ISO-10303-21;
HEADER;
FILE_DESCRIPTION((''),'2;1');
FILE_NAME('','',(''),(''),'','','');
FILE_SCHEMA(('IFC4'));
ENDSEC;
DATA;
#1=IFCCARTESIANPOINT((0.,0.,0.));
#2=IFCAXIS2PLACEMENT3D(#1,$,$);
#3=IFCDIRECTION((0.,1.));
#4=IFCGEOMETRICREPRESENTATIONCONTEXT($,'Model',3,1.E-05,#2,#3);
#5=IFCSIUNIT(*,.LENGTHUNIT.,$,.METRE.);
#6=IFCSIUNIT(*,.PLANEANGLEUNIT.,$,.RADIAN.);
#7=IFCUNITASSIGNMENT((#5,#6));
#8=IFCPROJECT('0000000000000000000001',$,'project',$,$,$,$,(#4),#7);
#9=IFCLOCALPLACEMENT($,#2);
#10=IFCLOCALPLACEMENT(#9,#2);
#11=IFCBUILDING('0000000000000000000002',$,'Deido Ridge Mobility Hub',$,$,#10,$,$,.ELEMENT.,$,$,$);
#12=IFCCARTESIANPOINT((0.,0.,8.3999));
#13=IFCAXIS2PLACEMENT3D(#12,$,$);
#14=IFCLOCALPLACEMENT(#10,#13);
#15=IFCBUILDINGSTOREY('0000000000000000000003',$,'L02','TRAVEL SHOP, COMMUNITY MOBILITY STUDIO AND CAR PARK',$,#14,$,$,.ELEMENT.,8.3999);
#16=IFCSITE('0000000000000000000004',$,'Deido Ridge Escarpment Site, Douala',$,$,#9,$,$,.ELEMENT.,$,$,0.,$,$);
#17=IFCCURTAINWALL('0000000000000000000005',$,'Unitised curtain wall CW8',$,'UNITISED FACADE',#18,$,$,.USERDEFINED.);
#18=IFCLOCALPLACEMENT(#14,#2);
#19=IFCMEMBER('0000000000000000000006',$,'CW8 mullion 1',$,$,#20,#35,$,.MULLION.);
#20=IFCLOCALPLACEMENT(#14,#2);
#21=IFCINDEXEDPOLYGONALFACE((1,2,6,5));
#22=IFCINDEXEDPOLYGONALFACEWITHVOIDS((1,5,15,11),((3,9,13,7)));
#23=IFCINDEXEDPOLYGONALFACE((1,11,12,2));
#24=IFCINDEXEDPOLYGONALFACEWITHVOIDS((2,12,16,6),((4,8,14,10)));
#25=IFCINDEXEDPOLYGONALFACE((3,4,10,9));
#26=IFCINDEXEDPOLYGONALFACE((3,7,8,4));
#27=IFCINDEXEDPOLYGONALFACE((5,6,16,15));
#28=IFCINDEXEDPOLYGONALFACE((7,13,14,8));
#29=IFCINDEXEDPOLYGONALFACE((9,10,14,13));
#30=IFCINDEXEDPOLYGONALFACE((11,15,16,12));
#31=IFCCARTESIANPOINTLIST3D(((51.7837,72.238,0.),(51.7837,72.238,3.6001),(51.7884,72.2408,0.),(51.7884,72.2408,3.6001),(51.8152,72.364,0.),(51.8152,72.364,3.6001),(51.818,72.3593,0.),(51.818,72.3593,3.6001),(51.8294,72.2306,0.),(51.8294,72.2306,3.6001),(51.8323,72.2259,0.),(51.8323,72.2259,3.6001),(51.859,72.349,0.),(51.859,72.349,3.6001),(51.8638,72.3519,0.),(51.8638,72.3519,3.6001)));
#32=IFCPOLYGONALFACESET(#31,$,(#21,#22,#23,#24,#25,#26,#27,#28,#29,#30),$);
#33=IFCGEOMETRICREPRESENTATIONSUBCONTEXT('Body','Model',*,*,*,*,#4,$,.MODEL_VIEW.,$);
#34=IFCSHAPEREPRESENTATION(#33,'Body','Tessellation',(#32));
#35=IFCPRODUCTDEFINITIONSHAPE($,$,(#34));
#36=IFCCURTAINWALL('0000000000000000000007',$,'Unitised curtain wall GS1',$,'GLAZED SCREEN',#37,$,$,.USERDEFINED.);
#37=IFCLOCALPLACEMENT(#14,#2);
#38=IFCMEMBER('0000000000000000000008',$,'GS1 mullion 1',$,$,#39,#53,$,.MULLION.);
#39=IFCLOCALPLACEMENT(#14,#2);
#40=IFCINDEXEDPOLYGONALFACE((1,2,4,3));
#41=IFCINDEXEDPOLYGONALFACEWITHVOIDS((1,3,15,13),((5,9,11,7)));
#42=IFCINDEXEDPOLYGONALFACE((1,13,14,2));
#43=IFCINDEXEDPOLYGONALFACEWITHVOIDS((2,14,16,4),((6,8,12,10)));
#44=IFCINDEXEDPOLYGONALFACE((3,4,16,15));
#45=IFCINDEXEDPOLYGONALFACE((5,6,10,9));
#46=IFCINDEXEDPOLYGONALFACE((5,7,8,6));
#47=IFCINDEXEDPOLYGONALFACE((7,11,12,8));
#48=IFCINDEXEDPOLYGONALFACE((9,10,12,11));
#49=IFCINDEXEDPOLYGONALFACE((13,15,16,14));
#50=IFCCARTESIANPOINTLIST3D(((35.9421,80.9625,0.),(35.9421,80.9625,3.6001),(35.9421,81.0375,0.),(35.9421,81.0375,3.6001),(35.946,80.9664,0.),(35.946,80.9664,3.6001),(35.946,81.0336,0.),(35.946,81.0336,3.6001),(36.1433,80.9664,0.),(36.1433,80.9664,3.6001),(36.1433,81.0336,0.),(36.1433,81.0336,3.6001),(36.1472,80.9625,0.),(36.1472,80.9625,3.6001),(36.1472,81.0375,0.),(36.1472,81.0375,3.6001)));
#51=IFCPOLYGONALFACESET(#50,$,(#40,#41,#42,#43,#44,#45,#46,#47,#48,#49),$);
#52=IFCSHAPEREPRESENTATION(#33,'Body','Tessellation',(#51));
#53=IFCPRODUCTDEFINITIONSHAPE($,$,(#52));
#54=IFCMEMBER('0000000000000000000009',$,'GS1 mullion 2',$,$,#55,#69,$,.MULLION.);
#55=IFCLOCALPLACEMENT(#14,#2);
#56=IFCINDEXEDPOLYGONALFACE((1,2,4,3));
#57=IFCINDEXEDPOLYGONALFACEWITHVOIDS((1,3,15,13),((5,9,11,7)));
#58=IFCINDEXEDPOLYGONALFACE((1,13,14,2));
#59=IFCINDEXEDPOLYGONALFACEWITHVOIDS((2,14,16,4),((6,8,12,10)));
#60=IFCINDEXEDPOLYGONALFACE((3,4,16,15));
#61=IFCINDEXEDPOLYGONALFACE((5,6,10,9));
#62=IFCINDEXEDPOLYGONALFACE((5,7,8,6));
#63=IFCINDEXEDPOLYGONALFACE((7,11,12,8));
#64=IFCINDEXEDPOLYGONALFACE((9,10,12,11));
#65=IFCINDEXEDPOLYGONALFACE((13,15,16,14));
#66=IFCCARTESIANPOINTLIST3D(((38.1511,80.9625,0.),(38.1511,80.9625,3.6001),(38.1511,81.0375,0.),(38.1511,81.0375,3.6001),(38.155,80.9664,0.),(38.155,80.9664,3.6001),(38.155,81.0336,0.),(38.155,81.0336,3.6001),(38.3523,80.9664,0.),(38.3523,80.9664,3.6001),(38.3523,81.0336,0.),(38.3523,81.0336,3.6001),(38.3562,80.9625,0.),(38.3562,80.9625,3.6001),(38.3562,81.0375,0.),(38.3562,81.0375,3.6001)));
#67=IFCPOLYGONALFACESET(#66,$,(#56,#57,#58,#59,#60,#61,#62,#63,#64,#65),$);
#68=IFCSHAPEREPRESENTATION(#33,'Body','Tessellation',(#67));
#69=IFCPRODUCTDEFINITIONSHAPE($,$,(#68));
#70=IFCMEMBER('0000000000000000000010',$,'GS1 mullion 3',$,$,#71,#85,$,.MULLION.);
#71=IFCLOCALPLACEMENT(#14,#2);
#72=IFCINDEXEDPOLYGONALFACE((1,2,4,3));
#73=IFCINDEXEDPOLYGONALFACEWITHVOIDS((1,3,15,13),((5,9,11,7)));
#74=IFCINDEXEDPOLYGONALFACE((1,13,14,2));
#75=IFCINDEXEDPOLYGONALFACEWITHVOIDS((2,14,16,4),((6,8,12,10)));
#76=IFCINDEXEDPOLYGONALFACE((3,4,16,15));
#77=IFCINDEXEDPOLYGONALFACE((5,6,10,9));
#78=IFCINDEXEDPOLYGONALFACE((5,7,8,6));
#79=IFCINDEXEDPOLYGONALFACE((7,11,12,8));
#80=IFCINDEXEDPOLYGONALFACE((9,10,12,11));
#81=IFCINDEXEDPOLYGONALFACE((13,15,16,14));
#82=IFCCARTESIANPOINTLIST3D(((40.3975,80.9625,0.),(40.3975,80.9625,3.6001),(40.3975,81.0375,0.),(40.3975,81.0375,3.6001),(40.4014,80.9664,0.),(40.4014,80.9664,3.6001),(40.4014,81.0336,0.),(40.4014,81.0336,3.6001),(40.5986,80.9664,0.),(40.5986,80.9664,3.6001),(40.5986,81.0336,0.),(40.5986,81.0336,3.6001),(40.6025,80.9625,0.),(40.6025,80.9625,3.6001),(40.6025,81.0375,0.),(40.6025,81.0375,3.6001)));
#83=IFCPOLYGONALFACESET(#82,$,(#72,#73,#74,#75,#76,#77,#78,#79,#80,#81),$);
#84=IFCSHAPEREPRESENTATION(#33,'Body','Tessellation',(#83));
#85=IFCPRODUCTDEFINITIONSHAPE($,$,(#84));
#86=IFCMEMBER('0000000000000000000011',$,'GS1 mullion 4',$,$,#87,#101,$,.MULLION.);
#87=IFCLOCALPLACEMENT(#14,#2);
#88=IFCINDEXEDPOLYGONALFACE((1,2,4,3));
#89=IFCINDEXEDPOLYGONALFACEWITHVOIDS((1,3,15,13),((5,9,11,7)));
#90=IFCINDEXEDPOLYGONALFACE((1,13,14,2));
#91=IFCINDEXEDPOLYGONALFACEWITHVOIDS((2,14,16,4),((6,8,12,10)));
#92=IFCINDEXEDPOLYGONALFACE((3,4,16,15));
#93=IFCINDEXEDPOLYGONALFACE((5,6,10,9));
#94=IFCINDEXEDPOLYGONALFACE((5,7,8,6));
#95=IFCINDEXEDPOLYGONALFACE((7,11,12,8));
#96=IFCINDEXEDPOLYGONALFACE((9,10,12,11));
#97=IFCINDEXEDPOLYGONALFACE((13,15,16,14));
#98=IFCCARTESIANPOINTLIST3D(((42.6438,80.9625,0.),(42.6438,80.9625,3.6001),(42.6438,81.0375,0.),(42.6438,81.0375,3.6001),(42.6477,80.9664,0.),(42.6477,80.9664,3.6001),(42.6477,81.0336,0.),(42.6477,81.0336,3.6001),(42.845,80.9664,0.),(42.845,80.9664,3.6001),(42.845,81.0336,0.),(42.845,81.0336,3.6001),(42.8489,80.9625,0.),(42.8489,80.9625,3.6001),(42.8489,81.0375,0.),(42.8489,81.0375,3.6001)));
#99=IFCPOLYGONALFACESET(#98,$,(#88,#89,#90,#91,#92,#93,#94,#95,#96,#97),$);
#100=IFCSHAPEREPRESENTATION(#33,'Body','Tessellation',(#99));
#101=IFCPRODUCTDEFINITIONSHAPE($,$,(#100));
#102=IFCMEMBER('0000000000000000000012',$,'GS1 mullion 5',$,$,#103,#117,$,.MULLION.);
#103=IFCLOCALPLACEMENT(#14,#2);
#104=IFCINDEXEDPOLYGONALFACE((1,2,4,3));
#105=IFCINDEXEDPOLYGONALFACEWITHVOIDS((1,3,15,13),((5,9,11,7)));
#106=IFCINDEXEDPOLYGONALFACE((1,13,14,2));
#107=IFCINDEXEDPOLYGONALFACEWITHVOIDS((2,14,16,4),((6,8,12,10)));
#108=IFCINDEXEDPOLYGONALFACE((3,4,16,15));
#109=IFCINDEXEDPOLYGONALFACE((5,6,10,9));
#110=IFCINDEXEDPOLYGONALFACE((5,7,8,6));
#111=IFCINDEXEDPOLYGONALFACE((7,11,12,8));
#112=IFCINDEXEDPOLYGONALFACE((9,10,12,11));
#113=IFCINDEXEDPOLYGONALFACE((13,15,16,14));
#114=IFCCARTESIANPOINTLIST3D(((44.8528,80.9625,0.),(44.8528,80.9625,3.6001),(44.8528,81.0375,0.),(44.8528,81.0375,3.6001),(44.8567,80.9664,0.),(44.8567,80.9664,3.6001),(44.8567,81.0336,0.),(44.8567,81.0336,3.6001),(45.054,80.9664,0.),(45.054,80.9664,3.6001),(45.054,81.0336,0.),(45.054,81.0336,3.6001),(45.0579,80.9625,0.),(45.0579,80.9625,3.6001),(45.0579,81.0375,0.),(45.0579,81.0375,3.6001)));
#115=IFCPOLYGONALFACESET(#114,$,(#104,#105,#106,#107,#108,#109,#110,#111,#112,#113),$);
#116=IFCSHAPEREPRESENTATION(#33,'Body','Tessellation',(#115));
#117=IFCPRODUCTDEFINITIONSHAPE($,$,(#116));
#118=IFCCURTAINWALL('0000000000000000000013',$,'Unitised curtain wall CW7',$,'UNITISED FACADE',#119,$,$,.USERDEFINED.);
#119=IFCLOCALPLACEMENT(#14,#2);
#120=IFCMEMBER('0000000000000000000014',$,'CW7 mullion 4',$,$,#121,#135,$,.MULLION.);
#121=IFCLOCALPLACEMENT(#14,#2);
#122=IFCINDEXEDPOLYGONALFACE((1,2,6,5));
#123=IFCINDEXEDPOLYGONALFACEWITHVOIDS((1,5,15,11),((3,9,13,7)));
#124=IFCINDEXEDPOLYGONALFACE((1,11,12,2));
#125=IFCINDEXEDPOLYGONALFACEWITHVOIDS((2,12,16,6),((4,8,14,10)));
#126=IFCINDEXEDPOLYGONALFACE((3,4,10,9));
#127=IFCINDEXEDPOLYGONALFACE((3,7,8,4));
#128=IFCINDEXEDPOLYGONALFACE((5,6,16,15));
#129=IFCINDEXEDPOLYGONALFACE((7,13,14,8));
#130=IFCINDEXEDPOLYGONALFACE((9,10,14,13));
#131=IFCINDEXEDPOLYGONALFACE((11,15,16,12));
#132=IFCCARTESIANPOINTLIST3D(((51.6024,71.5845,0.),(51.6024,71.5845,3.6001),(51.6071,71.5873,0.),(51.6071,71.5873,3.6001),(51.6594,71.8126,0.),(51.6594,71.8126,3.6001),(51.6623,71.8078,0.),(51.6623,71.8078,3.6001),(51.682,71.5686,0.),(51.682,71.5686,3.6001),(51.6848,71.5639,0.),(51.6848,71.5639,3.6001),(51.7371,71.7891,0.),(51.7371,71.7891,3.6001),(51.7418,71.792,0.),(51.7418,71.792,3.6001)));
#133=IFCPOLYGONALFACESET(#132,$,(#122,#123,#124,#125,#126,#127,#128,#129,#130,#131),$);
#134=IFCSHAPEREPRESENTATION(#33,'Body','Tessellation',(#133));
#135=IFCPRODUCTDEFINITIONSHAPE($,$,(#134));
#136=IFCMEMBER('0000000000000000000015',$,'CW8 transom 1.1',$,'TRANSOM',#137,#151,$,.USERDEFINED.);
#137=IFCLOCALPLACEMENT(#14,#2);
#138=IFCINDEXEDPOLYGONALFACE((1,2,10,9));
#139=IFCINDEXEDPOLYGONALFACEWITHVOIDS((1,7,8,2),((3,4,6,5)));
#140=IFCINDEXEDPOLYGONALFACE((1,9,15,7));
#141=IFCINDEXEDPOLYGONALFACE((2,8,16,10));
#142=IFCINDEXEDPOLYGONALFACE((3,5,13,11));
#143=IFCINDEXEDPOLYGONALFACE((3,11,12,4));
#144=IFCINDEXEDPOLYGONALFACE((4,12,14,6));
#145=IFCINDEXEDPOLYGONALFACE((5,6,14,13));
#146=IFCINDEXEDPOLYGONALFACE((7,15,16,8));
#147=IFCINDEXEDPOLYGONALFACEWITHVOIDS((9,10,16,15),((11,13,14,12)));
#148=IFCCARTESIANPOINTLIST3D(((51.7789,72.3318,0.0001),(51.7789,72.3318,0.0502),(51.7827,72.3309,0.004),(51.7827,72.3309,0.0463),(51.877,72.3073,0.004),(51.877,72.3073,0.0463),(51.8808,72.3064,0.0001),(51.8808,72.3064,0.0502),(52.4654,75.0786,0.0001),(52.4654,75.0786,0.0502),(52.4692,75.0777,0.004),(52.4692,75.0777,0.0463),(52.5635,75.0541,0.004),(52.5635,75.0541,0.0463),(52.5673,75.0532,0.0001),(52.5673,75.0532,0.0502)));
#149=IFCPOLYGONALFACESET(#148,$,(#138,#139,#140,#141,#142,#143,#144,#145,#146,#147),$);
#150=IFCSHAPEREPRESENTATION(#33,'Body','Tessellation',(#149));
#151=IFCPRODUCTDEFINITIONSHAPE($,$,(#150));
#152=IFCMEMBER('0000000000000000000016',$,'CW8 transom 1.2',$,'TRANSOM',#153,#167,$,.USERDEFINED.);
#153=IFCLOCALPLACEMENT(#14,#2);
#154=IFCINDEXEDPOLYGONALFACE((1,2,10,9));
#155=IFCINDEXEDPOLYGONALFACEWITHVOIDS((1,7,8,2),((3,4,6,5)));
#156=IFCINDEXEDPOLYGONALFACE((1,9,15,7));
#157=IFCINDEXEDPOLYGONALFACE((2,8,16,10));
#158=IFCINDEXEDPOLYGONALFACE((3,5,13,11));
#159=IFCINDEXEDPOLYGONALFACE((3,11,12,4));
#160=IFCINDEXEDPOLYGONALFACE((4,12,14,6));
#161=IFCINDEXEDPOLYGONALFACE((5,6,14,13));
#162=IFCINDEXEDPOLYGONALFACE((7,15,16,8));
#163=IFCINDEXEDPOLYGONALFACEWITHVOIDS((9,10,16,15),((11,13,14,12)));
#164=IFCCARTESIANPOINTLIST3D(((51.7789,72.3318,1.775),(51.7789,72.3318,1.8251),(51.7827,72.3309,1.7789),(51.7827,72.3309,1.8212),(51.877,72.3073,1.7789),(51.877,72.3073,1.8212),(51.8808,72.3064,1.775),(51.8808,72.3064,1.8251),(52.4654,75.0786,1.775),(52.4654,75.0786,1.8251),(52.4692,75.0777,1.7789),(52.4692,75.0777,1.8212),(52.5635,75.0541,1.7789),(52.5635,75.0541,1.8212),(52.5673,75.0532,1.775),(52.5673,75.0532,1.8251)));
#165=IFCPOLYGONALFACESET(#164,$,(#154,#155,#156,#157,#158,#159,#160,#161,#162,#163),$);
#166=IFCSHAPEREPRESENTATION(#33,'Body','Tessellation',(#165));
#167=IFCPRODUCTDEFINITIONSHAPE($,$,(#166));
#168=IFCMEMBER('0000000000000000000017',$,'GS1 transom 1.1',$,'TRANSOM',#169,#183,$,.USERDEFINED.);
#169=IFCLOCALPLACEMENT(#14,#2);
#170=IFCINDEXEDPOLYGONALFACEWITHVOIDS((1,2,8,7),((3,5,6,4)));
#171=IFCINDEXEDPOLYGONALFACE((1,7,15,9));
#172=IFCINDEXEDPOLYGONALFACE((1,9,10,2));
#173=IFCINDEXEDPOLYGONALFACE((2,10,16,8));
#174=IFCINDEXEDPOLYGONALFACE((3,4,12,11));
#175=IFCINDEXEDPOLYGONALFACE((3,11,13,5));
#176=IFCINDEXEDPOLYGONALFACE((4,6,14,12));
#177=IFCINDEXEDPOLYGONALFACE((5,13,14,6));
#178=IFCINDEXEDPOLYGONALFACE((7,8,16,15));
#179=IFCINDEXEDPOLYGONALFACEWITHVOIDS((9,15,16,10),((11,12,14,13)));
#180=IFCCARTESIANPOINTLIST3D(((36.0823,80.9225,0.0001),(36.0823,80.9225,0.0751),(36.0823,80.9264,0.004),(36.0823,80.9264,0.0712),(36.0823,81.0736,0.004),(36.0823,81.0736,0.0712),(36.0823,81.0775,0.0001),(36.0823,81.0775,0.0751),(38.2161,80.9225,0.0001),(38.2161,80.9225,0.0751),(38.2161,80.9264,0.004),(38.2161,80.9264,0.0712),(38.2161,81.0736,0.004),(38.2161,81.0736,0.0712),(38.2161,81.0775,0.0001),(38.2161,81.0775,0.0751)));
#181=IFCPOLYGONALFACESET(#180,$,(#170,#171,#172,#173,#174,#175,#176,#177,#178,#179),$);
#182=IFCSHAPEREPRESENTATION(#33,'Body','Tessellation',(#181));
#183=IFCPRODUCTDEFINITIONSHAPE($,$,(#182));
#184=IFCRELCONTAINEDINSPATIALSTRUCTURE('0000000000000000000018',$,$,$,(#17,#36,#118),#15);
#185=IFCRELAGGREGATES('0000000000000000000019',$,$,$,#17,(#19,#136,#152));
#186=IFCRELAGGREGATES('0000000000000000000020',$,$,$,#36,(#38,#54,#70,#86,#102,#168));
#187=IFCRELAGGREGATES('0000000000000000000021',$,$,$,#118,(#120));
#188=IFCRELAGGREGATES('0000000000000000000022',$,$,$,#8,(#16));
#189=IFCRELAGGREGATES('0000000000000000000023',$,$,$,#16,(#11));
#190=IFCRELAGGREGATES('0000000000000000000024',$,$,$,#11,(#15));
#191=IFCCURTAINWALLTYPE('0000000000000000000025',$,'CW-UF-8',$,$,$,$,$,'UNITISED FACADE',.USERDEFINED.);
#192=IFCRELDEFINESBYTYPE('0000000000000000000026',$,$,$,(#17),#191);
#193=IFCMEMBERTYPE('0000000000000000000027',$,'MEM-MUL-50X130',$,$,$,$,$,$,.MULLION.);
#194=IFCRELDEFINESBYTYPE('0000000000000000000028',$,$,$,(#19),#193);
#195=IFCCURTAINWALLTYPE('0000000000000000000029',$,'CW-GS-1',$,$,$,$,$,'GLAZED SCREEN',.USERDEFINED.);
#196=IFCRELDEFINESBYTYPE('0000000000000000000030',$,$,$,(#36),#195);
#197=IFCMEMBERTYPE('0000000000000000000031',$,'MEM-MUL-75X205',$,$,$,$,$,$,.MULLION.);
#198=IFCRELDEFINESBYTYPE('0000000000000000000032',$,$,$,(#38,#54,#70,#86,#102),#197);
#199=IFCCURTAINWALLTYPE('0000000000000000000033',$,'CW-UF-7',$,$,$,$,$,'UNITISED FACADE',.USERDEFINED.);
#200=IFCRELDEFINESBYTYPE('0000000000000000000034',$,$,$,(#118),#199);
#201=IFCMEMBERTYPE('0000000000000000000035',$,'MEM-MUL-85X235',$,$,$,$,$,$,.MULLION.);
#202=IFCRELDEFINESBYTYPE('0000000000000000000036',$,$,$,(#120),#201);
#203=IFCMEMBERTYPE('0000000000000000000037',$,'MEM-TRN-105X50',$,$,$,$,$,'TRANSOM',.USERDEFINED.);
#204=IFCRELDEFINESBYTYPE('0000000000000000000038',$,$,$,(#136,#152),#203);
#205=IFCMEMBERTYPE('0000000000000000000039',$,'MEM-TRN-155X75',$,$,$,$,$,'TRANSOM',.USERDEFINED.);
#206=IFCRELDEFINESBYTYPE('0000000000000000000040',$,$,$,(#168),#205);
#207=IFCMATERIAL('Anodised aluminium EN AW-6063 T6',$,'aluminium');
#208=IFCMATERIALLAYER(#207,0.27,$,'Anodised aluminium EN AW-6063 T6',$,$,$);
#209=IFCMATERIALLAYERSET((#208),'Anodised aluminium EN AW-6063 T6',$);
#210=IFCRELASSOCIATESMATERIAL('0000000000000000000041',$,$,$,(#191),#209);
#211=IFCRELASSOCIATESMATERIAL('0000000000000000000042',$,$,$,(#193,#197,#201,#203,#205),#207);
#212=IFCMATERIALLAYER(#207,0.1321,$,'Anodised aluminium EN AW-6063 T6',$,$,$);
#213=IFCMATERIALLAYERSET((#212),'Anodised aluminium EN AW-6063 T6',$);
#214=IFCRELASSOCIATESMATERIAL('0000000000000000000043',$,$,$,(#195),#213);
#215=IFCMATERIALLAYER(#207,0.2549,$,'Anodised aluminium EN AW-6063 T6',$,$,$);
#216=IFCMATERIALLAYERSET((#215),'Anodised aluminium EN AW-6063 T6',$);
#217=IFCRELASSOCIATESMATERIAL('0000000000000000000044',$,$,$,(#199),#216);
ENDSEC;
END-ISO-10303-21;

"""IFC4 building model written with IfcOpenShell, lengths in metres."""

from ifc_helpers import new_model, si_unit, direction, frame, origin, origin_2d, place, context, subcontext, project, spatial, hollow_rectangle, extrude, material, layer, layer_set, material_profile, profile_set, type_object, element, aggregate, save


model = new_model("IFC4")

# Units and contexts
model_context = context("Model", 3, precision=1e-05, world=origin(), true_north=direction((0.0, 1.0)))
body_context = subcontext(model_context, "Body", "Model", "MODEL_VIEW")
ifc_project = project(units=[si_unit("LENGTHUNIT", "METRE"), si_unit("PLANEANGLEUNIT", "RADIAN")], contexts=[model_context])

# Site, building, storey
site_placement = place(None, origin())
site = spatial("IfcSite", under=ifc_project, at=site_placement, Name="Deido Ridge Escarpment Site, Douala", CompositionType="ELEMENT", RefElevation=0.0)
building_placement = place(site_placement, origin())
building = spatial("IfcBuilding", under=site, at=building_placement, Name="Deido Ridge Mobility Hub", CompositionType="ELEMENT")
storey_placement = place(building_placement, frame((0.0, 0.0, 8.3999)))
storey = spatial("IfcBuildingStorey", under=building, at=storey_placement, Name="L02", Description="TRAVEL SHOP, COMMUNITY MOBILITY STUDIO AND CAR PARK", CompositionType="ELEMENT", Elevation=8.3999)

# Curtain wall, member
ifc_material_1 = material(Name="Anodised aluminium EN AW-6063 T6", Category="aluminium")
ifc_layer_1 = layer(ifc_material_1, 0.27, Name="Anodised aluminium EN AW-6063 T6")
ifc_layer_set_1 = layer_set([ifc_layer_1], Name="Anodised aluminium EN AW-6063 T6")
curtain_wall_type_1 = type_object("IfcCurtainWallType", Name="CW-UF-8", ElementType="UNITISED FACADE", PredefinedType="USERDEFINED", material=ifc_layer_set_1)
curtain_wall_1_placement = place(storey_placement, origin())
curtain_wall_1 = element("IfcCurtainWall", 1, at=curtain_wall_1_placement, inside=storey, type_object=curtain_wall_type_1, Name="Unitised curtain wall CW8", ObjectType="UNITISED FACADE", PredefinedType="USERDEFINED")
ifc_material_profile_1 = material_profile(ifc_material_1, hollow_rectangle(XDim=0.05, YDim=0.1299, WallThickness=0.0039, at=origin_2d()), Name="RHS 50x130x4")
ifc_profile_set_1 = profile_set([ifc_material_profile_1], Name="Anodised aluminium EN AW-6063 T6")
member_type_1 = type_object("IfcMemberType", Name="MEM-MUL-50X130", PredefinedType="MULLION", material=ifc_profile_set_1)
member_1_placement = place(storey_placement, frame((51.8237, 72.2949, 0.0), z_axis=(0.0, 0.0, 1.0), x_axis=(-0.97014, 0.242546, 0.0)))
member_1 = element("IfcMember", 2, at=member_1_placement, type_object=member_type_1, Name="CW8 mullion 1", PredefinedType="MULLION", context=body_context, shape_type="SweptSolid", body=[
    extrude(hollow_rectangle(XDim=0.05, YDim=0.1299, WallThickness=0.0039, at=origin_2d()), origin(), (0.0, 0.0, 1.0), 3.6001),
])

# Curtain wall, members
ifc_layer_2 = layer(ifc_material_1, 0.1321, Name="Anodised aluminium EN AW-6063 T6")
ifc_layer_set_2 = layer_set([ifc_layer_2], Name="Anodised aluminium EN AW-6063 T6")
curtain_wall_type_2 = type_object("IfcCurtainWallType", Name="CW-GS-1", ElementType="GLAZED SCREEN", PredefinedType="USERDEFINED", material=ifc_layer_set_2)
curtain_wall_2_placement = place(storey_placement, origin())
curtain_wall_2 = element("IfcCurtainWall", 3, at=curtain_wall_2_placement, inside=storey, type_object=curtain_wall_type_2, Name="Unitised curtain wall GS1", ObjectType="GLAZED SCREEN", PredefinedType="USERDEFINED")
ifc_material_profile_2 = material_profile(ifc_material_1, hollow_rectangle(XDim=0.075, YDim=0.2051, WallThickness=0.0039, at=origin_2d()), Name="RHS 75x205x4")
ifc_profile_set_2 = profile_set([ifc_material_profile_2], Name="Anodised aluminium EN AW-6063 T6")
member_type_2 = type_object("IfcMemberType", Name="MEM-MUL-75X205", PredefinedType="MULLION", material=ifc_profile_set_2)
member_2_placement = place(storey_placement, frame((36.0447, 81.0, 0.0), z_axis=(0.0, 0.0, 1.0), x_axis=(0.0, 1.0, 0.0)))
member_2 = element("IfcMember", 4, at=member_2_placement, type_object=member_type_2, Name="GS1 mullion 1", PredefinedType="MULLION", context=body_context, shape_type="SweptSolid", body=[
    extrude(hollow_rectangle(XDim=0.075, YDim=0.2051, WallThickness=0.0039, at=origin_2d()), origin(), (0.0, 0.0, 1.0), 3.6001),
])
member_3_placement = place(storey_placement, frame((38.2537, 81.0, 0.0), z_axis=(0.0, 0.0, 1.0), x_axis=(0.0, 1.0, 0.0)))
member_3 = element("IfcMember", 5, at=member_3_placement, type_object=member_type_2, Name="GS1 mullion 2", PredefinedType="MULLION", context=body_context, shape_type="SweptSolid", body=[
    extrude(hollow_rectangle(XDim=0.075, YDim=0.2051, WallThickness=0.0039, at=origin_2d()), origin(), (0.0, 0.0, 1.0), 3.6001),
])
member_4_placement = place(storey_placement, frame((40.5, 81.0, 0.0), z_axis=(0.0, 0.0, 1.0), x_axis=(0.0, 1.0, 0.0)))
member_4 = element("IfcMember", 6, at=member_4_placement, type_object=member_type_2, Name="GS1 mullion 3", PredefinedType="MULLION", context=body_context, shape_type="SweptSolid", body=[
    extrude(hollow_rectangle(XDim=0.075, YDim=0.2051, WallThickness=0.0039, at=origin_2d()), origin(), (0.0, 0.0, 1.0), 3.6001),
])
member_5_placement = place(storey_placement, frame((42.7463, 81.0, 0.0), z_axis=(0.0, 0.0, 1.0), x_axis=(0.0, 1.0, 0.0)))
member_5 = element("IfcMember", 7, at=member_5_placement, type_object=member_type_2, Name="GS1 mullion 4", PredefinedType="MULLION", context=body_context, shape_type="SweptSolid", body=[
    extrude(hollow_rectangle(XDim=0.075, YDim=0.2051, WallThickness=0.0039, at=origin_2d()), origin(), (0.0, 0.0, 1.0), 3.6001),
])
member_6_placement = place(storey_placement, frame((44.9553, 81.0, 0.0), z_axis=(0.0, 0.0, 1.0), x_axis=(0.0, 1.0, 0.0)))
member_6 = element("IfcMember", 8, at=member_6_placement, type_object=member_type_2, Name="GS1 mullion 5", PredefinedType="MULLION", context=body_context, shape_type="SweptSolid", body=[
    extrude(hollow_rectangle(XDim=0.075, YDim=0.2051, WallThickness=0.0039, at=origin_2d()), origin(), (0.0, 0.0, 1.0), 3.6001),
])

# Curtain wall, member
ifc_layer_3 = layer(ifc_material_1, 0.2549, Name="Anodised aluminium EN AW-6063 T6")
ifc_layer_set_3 = layer_set([ifc_layer_3], Name="Anodised aluminium EN AW-6063 T6")
curtain_wall_type_3 = type_object("IfcCurtainWallType", Name="CW-UF-7", ElementType="UNITISED FACADE", PredefinedType="USERDEFINED", material=ifc_layer_set_3)
curtain_wall_3_placement = place(storey_placement, origin())
curtain_wall_3 = element("IfcCurtainWall", 9, at=curtain_wall_3_placement, inside=storey, type_object=curtain_wall_type_3, Name="Unitised curtain wall CW7", ObjectType="UNITISED FACADE", PredefinedType="USERDEFINED")
ifc_material_profile_3 = material_profile(ifc_material_1, hollow_rectangle(XDim=0.085, YDim=0.2351, WallThickness=0.0039, at=origin_2d()), Name="RHS 85x235x4")
ifc_profile_set_3 = profile_set([ifc_material_profile_3], Name="Anodised aluminium EN AW-6063 T6")
member_type_3 = type_object("IfcMemberType", Name="MEM-MUL-85X235", PredefinedType="MULLION", material=ifc_profile_set_3)
member_7_placement = place(storey_placement, frame((51.6721, 71.6882, 0.0), z_axis=(0.0, 0.0, 1.0), x_axis=(-0.97014, 0.242546, 0.0)))
member_7 = element("IfcMember", 10, at=member_7_placement, type_object=member_type_3, Name="CW7 mullion 4", PredefinedType="MULLION", context=body_context, shape_type="SweptSolid", body=[
    extrude(hollow_rectangle(XDim=0.085, YDim=0.2351, WallThickness=0.0039, at=origin_2d()), origin(), (0.0, 0.0, 1.0), 3.6001),
])

# Members
ifc_material_profile_4 = material_profile(ifc_material_1, hollow_rectangle(XDim=0.105, YDim=0.05, WallThickness=0.0039, at=origin_2d()), Name="RHS 105x50x4")
ifc_profile_set_4 = profile_set([ifc_material_profile_4], Name="Anodised aluminium EN AW-6063 T6")
member_type_4 = type_object("IfcMemberType", Name="MEM-TRN-105X50", ElementType="TRANSOM", PredefinedType="USERDEFINED", material=ifc_profile_set_4)
member_8_placement = place(storey_placement, frame((51.8298, 72.3191, 0.0251), z_axis=(0.242475, 0.970158, 0.0), x_axis=(-0.970158, 0.242475, 0.0)))
member_8 = element("IfcMember", 11, at=member_8_placement, type_object=member_type_4, Name="CW8 transom 1.1", ObjectType="TRANSOM", PredefinedType="USERDEFINED", context=body_context, shape_type="SweptSolid", body=[
    extrude(hollow_rectangle(XDim=0.105, YDim=0.05, WallThickness=0.0039, at=origin_2d()), origin(), (0.0, 0.0, 1.0), 2.8313),
])
member_9_placement = place(storey_placement, frame((51.8298, 72.3191, 1.8), z_axis=(0.242475, 0.970158, 0.0), x_axis=(-0.970158, 0.242475, 0.0)))
member_9 = element("IfcMember", 12, at=member_9_placement, type_object=member_type_4, Name="CW8 transom 1.2", ObjectType="TRANSOM", PredefinedType="USERDEFINED", context=body_context, shape_type="SweptSolid", body=[
    extrude(hollow_rectangle(XDim=0.105, YDim=0.05, WallThickness=0.0039, at=origin_2d()), origin(), (0.0, 0.0, 1.0), 2.8313),
])
aggregate(curtain_wall_1, [member_1, member_8, member_9])
ifc_material_profile_5 = material_profile(ifc_material_1, hollow_rectangle(XDim=0.155, YDim=0.075, WallThickness=0.0039, at=origin_2d()), Name="RHS 155x75x4")
ifc_profile_set_5 = profile_set([ifc_material_profile_5], Name="Anodised aluminium EN AW-6063 T6")
member_type_5 = type_object("IfcMemberType", Name="MEM-TRN-155X75", ElementType="TRANSOM", PredefinedType="USERDEFINED", material=ifc_profile_set_5)
member_10_placement = place(storey_placement, frame((36.0823, 81.0, 0.0376), z_axis=(1.0, 0.0, 0.0), x_axis=(0.0, 1.0, 0.0)))
member_10 = element("IfcMember", 13, at=member_10_placement, type_object=member_type_5, Name="GS1 transom 1.1", ObjectType="TRANSOM", PredefinedType="USERDEFINED", context=body_context, shape_type="SweptSolid", body=[
    extrude(hollow_rectangle(XDim=0.155, YDim=0.075, WallThickness=0.0039, at=origin_2d()), origin(), (0.0, 0.0, 1.0), 2.1338),
])

aggregate(curtain_wall_2, [member_2, member_3, member_4, member_5, member_6, member_10])
aggregate(curtain_wall_3, [member_7])

save(model, "model.ifc")
